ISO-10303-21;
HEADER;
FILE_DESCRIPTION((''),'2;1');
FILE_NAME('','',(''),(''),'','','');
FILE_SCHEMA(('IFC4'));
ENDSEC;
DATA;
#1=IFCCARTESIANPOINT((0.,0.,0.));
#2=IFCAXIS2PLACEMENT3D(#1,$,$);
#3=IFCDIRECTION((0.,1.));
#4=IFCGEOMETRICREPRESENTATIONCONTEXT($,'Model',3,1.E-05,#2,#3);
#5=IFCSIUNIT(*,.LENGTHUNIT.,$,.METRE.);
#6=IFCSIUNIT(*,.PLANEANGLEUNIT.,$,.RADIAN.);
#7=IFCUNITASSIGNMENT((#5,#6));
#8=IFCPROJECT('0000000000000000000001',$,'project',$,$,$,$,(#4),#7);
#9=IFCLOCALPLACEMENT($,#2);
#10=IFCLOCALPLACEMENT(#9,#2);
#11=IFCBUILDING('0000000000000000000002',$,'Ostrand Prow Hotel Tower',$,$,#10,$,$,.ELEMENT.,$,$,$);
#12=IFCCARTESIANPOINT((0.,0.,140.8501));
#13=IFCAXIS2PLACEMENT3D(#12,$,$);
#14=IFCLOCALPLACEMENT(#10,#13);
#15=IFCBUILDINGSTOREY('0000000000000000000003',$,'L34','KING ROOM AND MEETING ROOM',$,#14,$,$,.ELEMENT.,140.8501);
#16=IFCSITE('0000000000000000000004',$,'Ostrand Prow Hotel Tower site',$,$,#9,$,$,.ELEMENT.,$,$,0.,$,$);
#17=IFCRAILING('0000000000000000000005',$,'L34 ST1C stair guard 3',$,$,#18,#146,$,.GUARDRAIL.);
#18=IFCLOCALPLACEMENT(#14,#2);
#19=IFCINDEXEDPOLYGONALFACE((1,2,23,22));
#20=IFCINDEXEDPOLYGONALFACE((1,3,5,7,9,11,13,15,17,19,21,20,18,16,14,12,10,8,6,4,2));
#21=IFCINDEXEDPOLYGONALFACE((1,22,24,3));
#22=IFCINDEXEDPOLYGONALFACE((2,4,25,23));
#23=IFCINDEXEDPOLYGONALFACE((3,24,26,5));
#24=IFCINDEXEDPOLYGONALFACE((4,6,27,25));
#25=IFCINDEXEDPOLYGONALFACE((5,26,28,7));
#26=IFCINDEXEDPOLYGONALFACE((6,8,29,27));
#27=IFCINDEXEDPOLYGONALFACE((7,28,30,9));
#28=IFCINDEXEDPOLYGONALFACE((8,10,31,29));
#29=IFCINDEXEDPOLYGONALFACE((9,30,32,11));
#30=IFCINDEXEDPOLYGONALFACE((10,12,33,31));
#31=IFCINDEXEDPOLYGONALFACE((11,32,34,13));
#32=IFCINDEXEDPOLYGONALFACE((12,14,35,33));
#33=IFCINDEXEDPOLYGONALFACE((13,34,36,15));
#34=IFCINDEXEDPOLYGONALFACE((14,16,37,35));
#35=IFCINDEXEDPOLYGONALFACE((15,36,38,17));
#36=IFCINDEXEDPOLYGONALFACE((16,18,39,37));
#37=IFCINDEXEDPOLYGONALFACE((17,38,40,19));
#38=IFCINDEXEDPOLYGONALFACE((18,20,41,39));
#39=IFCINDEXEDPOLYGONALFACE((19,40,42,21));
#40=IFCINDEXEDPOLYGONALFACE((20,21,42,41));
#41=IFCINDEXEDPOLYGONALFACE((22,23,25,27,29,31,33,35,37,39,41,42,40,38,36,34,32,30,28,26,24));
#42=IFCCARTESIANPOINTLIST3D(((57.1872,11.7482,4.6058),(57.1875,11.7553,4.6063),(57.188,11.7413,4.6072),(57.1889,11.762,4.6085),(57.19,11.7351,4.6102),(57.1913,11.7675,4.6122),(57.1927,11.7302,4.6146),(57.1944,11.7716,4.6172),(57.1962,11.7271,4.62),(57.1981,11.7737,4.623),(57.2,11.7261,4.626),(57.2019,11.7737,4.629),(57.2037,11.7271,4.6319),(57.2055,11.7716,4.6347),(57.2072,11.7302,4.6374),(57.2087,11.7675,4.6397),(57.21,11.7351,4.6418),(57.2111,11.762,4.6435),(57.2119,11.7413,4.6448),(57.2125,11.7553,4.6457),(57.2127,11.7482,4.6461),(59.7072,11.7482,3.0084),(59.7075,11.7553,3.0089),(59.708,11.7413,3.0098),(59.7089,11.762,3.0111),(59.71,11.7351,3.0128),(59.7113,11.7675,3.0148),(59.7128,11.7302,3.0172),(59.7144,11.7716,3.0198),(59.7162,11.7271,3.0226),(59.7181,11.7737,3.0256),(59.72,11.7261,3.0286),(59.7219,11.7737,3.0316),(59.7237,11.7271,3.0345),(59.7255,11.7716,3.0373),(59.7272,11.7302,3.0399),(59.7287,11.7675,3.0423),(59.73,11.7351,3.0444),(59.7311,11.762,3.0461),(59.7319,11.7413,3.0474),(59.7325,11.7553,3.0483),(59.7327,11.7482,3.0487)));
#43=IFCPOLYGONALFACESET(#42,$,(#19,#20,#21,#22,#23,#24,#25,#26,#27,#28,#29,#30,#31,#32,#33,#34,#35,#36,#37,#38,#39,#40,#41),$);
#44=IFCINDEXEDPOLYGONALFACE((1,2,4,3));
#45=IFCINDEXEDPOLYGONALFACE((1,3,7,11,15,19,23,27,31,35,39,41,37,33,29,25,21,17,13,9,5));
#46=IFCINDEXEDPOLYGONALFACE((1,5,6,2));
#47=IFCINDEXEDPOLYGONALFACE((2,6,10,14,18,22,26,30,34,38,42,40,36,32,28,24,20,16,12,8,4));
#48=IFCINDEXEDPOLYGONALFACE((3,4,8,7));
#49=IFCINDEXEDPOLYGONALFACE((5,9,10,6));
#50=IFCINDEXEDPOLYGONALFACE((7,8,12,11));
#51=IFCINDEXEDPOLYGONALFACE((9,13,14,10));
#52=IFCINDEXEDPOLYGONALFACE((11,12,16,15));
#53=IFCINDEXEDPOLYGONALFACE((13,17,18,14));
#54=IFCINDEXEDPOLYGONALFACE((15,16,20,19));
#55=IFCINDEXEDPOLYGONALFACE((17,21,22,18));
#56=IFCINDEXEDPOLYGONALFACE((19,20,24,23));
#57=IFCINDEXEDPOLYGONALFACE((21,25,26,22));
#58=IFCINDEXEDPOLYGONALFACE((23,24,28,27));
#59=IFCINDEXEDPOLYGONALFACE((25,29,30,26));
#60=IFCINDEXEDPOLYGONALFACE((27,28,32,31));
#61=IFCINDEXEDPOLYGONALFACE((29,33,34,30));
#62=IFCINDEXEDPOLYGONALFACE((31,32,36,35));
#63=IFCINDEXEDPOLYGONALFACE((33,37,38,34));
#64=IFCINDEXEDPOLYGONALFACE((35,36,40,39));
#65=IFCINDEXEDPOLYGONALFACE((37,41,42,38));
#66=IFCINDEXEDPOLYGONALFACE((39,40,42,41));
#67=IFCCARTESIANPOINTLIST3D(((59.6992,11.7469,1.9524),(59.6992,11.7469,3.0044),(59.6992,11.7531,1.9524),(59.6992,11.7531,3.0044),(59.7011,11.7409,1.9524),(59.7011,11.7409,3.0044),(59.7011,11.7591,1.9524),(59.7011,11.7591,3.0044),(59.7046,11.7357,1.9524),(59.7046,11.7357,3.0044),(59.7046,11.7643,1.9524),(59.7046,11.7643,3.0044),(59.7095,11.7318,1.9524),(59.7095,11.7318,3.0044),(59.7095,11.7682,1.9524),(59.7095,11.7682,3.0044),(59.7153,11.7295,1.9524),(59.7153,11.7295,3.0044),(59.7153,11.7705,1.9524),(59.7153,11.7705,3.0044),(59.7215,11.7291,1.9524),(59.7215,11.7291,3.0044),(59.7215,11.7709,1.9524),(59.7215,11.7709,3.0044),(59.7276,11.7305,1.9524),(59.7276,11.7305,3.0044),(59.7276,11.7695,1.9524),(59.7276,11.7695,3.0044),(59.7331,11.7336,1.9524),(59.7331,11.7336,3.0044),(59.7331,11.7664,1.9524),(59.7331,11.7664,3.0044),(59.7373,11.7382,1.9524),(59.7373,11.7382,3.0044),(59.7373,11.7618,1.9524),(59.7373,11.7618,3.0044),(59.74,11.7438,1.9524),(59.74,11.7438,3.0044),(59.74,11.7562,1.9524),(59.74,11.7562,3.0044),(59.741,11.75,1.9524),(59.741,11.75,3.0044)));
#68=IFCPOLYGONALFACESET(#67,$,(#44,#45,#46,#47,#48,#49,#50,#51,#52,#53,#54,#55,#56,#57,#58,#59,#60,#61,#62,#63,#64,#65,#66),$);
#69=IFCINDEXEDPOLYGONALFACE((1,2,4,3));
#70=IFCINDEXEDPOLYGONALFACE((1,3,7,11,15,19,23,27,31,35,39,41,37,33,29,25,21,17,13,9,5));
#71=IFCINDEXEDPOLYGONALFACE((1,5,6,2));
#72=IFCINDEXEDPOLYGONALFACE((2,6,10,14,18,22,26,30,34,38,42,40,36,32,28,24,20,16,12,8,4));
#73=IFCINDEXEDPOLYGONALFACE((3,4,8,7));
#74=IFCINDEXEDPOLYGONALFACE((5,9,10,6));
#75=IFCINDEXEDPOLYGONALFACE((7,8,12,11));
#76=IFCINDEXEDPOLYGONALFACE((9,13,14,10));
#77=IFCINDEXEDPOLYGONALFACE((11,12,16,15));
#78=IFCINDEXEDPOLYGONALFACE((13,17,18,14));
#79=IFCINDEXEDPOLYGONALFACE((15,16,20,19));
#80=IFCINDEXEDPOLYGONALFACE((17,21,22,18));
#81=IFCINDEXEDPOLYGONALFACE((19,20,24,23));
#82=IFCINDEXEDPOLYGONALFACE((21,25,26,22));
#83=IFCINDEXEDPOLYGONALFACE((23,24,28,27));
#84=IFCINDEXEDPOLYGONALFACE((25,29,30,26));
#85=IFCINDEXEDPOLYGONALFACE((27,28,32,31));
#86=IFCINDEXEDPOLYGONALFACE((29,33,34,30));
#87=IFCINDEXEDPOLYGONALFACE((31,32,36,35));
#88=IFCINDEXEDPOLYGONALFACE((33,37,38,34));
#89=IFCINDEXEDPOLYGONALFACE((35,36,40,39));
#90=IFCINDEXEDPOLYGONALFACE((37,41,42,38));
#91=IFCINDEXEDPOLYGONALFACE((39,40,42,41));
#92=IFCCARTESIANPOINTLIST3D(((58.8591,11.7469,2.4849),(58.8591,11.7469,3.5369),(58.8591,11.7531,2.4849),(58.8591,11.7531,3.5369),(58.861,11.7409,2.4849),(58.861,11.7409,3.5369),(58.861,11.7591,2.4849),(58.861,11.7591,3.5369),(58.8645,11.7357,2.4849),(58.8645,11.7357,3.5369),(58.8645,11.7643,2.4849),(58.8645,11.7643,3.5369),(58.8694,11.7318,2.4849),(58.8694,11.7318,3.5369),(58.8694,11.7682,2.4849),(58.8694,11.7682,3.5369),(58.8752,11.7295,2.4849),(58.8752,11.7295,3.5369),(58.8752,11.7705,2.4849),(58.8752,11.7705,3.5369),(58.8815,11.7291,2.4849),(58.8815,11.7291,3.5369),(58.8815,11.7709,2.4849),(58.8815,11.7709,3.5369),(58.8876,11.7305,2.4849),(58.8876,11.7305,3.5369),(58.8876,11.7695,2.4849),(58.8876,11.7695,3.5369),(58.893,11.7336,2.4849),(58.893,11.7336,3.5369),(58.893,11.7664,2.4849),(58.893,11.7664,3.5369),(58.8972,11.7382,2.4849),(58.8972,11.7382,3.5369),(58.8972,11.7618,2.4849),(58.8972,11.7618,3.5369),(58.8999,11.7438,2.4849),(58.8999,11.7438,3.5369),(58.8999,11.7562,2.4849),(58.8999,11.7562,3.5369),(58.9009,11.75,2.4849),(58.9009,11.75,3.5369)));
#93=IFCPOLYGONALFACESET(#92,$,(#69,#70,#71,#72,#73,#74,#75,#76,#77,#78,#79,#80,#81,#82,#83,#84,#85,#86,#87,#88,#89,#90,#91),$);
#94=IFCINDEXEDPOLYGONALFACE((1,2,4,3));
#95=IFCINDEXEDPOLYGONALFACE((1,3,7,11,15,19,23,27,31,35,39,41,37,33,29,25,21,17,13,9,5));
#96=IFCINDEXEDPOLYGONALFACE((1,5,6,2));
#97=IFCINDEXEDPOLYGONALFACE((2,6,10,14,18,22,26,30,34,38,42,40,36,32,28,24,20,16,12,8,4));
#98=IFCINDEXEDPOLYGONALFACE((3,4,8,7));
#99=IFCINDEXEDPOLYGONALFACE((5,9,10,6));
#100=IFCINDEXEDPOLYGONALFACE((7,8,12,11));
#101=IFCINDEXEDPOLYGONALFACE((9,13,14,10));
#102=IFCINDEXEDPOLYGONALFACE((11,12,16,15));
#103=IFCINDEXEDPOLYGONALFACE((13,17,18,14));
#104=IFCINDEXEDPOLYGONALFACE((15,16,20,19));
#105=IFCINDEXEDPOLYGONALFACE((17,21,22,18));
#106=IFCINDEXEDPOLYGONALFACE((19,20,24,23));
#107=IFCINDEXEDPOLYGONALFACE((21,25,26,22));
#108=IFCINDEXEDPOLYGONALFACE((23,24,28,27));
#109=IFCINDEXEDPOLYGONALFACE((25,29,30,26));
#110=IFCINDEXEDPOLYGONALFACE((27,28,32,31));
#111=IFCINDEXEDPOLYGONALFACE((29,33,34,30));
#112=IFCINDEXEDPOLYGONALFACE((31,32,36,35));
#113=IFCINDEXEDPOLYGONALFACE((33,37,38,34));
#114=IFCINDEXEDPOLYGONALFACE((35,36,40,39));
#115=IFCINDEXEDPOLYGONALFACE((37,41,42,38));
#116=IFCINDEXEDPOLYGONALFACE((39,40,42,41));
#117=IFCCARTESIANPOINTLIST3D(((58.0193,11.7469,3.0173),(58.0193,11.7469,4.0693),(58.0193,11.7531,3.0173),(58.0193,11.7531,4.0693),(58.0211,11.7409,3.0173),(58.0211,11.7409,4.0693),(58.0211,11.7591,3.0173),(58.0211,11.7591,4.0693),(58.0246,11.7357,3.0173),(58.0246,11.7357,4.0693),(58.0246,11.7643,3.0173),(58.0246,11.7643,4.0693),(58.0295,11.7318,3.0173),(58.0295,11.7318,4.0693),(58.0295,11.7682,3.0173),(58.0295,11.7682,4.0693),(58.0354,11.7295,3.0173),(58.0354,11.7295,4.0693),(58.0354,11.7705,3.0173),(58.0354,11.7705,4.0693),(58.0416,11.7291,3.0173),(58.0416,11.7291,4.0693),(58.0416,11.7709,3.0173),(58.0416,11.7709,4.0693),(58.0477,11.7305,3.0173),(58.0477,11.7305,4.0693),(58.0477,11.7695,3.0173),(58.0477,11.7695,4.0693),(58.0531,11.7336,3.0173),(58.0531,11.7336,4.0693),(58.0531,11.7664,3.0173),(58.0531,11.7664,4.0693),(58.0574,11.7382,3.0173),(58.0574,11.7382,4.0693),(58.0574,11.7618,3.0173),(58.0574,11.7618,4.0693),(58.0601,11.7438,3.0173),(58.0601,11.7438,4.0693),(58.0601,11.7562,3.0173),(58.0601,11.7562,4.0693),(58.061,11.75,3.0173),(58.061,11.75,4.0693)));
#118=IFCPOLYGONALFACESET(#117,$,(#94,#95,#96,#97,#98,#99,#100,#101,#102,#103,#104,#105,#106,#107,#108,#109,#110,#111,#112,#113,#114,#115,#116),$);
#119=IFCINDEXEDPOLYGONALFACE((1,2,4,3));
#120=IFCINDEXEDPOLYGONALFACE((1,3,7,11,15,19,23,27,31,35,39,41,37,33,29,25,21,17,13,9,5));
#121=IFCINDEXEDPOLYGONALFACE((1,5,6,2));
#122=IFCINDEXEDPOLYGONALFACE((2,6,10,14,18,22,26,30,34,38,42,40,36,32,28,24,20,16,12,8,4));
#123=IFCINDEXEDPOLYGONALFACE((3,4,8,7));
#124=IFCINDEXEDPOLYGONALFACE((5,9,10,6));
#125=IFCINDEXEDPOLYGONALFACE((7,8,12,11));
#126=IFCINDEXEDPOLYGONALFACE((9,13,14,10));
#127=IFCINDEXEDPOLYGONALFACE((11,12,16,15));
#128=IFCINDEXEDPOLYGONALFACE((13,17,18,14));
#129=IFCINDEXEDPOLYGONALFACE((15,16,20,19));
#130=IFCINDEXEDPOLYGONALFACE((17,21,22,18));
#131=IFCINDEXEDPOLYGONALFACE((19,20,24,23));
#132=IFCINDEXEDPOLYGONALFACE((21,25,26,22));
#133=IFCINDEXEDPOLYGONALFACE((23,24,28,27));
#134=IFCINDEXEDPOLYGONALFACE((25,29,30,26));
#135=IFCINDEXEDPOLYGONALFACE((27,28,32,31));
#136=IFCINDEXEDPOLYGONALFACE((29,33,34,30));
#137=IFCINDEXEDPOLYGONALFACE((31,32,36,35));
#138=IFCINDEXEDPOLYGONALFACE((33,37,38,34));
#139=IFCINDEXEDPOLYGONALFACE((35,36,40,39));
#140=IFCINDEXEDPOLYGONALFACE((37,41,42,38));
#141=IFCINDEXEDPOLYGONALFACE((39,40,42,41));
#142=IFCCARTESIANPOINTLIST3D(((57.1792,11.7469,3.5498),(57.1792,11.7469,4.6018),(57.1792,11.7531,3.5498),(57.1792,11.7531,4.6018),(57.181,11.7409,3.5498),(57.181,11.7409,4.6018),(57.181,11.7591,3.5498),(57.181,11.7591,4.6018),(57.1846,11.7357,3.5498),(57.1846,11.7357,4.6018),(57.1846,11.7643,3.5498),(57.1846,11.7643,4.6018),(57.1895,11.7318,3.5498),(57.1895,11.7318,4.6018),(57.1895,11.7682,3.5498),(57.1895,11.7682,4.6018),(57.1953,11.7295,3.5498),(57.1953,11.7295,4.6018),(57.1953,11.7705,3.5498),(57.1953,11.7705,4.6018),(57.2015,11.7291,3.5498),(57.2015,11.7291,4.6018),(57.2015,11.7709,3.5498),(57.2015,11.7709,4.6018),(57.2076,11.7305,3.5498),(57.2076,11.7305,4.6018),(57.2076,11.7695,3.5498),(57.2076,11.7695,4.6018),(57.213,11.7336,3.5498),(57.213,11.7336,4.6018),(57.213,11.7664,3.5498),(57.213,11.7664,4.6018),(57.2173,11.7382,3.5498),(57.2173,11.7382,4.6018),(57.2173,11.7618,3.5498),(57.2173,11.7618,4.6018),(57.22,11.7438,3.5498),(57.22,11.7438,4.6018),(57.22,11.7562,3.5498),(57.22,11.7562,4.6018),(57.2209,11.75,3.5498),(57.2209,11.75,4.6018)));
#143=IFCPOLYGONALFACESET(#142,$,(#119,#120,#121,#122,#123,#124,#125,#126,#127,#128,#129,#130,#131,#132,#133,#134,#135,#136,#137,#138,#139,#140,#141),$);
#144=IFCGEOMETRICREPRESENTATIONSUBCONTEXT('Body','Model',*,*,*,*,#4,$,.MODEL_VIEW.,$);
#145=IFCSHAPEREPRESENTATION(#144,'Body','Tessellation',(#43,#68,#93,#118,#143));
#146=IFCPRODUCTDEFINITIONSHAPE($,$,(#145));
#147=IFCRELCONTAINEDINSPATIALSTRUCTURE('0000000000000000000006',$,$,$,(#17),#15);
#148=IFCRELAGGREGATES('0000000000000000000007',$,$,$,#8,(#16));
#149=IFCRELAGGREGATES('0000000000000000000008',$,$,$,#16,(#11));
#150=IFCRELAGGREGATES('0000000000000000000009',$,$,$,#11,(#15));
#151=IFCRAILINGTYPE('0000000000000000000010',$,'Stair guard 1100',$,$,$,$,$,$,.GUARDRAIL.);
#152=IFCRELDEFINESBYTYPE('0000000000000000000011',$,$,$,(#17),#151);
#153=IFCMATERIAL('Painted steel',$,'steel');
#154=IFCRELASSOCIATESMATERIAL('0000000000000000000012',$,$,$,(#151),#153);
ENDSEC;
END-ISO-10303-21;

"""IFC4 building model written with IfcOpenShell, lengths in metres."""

from ifc_helpers import new_model, si_unit, direction, frame, origin, origin_2d, place, context, subcontext, project, spatial, circle, extrude, material, type_object, element, save


model = new_model("IFC4")

# Units and contexts
model_context = context("Model", 3, precision=1e-05, world=origin(), true_north=direction((0.0, 1.0)))
body_context = subcontext(model_context, "Body", "Model", "MODEL_VIEW")
ifc_project = project(units=[si_unit("LENGTHUNIT", "METRE"), si_unit("PLANEANGLEUNIT", "RADIAN")], contexts=[model_context])

# Site, building, storey
site_placement = place(None, origin())
site = spatial("IfcSite", under=ifc_project, at=site_placement, Name="Ostrand Prow Hotel Tower site", CompositionType="ELEMENT", RefElevation=0.0)
building_placement = place(site_placement, origin())
building = spatial("IfcBuilding", under=site, at=building_placement, Name="Ostrand Prow Hotel Tower", CompositionType="ELEMENT")
storey_placement = place(building_placement, frame((0.0, 0.0, 140.8501)))
storey = spatial("IfcBuildingStorey", under=building, at=storey_placement, Name="L34", Description="KING ROOM AND MEETING ROOM", CompositionType="ELEMENT", Elevation=140.8501)

# Railing
ifc_material_1 = material(Name="Painted steel", Category="steel")
railing_type_1 = type_object("IfcRailingType", Name="Stair guard 1100", PredefinedType="GUARDRAIL", material=ifc_material_1)
railing_1_placement = place(storey_placement, frame((59.72, 11.75, 1.9524)))
element("IfcRailing", 1, at=railing_1_placement, inside=storey, type_object=railing_type_1, Name="L34 ST1C stair guard 3", PredefinedType="GUARDRAIL", context=body_context, shape_type="SweptSolid", body=[
    extrude(circle(Radius=0.0239, at=origin_2d()), frame((0.0, 0.0, 1.0762), z_axis=(-0.844607, 0.0, 0.535387), x_axis=(0.0, -1.0, 0.0)), (0.0, 0.0, 1.0), 2.9836),
    extrude(circle(Radius=0.021, at=origin_2d()), origin(), (0.0, 0.0, 1.0), 1.052),
    extrude(circle(Radius=0.021, at=origin_2d()), frame((-0.8401, 0.0, 0.5325)), (0.0, 0.0, 1.0), 1.052),
    extrude(circle(Radius=0.021, at=origin_2d()), frame((-1.6799, 0.0, 1.0649)), (0.0, 0.0, 1.0), 1.052),
    extrude(circle(Radius=0.021, at=origin_2d()), frame((-2.52, 0.0, 1.5974)), (0.0, 0.0, 1.0), 1.052),
])

save(model, "model.ifc")
